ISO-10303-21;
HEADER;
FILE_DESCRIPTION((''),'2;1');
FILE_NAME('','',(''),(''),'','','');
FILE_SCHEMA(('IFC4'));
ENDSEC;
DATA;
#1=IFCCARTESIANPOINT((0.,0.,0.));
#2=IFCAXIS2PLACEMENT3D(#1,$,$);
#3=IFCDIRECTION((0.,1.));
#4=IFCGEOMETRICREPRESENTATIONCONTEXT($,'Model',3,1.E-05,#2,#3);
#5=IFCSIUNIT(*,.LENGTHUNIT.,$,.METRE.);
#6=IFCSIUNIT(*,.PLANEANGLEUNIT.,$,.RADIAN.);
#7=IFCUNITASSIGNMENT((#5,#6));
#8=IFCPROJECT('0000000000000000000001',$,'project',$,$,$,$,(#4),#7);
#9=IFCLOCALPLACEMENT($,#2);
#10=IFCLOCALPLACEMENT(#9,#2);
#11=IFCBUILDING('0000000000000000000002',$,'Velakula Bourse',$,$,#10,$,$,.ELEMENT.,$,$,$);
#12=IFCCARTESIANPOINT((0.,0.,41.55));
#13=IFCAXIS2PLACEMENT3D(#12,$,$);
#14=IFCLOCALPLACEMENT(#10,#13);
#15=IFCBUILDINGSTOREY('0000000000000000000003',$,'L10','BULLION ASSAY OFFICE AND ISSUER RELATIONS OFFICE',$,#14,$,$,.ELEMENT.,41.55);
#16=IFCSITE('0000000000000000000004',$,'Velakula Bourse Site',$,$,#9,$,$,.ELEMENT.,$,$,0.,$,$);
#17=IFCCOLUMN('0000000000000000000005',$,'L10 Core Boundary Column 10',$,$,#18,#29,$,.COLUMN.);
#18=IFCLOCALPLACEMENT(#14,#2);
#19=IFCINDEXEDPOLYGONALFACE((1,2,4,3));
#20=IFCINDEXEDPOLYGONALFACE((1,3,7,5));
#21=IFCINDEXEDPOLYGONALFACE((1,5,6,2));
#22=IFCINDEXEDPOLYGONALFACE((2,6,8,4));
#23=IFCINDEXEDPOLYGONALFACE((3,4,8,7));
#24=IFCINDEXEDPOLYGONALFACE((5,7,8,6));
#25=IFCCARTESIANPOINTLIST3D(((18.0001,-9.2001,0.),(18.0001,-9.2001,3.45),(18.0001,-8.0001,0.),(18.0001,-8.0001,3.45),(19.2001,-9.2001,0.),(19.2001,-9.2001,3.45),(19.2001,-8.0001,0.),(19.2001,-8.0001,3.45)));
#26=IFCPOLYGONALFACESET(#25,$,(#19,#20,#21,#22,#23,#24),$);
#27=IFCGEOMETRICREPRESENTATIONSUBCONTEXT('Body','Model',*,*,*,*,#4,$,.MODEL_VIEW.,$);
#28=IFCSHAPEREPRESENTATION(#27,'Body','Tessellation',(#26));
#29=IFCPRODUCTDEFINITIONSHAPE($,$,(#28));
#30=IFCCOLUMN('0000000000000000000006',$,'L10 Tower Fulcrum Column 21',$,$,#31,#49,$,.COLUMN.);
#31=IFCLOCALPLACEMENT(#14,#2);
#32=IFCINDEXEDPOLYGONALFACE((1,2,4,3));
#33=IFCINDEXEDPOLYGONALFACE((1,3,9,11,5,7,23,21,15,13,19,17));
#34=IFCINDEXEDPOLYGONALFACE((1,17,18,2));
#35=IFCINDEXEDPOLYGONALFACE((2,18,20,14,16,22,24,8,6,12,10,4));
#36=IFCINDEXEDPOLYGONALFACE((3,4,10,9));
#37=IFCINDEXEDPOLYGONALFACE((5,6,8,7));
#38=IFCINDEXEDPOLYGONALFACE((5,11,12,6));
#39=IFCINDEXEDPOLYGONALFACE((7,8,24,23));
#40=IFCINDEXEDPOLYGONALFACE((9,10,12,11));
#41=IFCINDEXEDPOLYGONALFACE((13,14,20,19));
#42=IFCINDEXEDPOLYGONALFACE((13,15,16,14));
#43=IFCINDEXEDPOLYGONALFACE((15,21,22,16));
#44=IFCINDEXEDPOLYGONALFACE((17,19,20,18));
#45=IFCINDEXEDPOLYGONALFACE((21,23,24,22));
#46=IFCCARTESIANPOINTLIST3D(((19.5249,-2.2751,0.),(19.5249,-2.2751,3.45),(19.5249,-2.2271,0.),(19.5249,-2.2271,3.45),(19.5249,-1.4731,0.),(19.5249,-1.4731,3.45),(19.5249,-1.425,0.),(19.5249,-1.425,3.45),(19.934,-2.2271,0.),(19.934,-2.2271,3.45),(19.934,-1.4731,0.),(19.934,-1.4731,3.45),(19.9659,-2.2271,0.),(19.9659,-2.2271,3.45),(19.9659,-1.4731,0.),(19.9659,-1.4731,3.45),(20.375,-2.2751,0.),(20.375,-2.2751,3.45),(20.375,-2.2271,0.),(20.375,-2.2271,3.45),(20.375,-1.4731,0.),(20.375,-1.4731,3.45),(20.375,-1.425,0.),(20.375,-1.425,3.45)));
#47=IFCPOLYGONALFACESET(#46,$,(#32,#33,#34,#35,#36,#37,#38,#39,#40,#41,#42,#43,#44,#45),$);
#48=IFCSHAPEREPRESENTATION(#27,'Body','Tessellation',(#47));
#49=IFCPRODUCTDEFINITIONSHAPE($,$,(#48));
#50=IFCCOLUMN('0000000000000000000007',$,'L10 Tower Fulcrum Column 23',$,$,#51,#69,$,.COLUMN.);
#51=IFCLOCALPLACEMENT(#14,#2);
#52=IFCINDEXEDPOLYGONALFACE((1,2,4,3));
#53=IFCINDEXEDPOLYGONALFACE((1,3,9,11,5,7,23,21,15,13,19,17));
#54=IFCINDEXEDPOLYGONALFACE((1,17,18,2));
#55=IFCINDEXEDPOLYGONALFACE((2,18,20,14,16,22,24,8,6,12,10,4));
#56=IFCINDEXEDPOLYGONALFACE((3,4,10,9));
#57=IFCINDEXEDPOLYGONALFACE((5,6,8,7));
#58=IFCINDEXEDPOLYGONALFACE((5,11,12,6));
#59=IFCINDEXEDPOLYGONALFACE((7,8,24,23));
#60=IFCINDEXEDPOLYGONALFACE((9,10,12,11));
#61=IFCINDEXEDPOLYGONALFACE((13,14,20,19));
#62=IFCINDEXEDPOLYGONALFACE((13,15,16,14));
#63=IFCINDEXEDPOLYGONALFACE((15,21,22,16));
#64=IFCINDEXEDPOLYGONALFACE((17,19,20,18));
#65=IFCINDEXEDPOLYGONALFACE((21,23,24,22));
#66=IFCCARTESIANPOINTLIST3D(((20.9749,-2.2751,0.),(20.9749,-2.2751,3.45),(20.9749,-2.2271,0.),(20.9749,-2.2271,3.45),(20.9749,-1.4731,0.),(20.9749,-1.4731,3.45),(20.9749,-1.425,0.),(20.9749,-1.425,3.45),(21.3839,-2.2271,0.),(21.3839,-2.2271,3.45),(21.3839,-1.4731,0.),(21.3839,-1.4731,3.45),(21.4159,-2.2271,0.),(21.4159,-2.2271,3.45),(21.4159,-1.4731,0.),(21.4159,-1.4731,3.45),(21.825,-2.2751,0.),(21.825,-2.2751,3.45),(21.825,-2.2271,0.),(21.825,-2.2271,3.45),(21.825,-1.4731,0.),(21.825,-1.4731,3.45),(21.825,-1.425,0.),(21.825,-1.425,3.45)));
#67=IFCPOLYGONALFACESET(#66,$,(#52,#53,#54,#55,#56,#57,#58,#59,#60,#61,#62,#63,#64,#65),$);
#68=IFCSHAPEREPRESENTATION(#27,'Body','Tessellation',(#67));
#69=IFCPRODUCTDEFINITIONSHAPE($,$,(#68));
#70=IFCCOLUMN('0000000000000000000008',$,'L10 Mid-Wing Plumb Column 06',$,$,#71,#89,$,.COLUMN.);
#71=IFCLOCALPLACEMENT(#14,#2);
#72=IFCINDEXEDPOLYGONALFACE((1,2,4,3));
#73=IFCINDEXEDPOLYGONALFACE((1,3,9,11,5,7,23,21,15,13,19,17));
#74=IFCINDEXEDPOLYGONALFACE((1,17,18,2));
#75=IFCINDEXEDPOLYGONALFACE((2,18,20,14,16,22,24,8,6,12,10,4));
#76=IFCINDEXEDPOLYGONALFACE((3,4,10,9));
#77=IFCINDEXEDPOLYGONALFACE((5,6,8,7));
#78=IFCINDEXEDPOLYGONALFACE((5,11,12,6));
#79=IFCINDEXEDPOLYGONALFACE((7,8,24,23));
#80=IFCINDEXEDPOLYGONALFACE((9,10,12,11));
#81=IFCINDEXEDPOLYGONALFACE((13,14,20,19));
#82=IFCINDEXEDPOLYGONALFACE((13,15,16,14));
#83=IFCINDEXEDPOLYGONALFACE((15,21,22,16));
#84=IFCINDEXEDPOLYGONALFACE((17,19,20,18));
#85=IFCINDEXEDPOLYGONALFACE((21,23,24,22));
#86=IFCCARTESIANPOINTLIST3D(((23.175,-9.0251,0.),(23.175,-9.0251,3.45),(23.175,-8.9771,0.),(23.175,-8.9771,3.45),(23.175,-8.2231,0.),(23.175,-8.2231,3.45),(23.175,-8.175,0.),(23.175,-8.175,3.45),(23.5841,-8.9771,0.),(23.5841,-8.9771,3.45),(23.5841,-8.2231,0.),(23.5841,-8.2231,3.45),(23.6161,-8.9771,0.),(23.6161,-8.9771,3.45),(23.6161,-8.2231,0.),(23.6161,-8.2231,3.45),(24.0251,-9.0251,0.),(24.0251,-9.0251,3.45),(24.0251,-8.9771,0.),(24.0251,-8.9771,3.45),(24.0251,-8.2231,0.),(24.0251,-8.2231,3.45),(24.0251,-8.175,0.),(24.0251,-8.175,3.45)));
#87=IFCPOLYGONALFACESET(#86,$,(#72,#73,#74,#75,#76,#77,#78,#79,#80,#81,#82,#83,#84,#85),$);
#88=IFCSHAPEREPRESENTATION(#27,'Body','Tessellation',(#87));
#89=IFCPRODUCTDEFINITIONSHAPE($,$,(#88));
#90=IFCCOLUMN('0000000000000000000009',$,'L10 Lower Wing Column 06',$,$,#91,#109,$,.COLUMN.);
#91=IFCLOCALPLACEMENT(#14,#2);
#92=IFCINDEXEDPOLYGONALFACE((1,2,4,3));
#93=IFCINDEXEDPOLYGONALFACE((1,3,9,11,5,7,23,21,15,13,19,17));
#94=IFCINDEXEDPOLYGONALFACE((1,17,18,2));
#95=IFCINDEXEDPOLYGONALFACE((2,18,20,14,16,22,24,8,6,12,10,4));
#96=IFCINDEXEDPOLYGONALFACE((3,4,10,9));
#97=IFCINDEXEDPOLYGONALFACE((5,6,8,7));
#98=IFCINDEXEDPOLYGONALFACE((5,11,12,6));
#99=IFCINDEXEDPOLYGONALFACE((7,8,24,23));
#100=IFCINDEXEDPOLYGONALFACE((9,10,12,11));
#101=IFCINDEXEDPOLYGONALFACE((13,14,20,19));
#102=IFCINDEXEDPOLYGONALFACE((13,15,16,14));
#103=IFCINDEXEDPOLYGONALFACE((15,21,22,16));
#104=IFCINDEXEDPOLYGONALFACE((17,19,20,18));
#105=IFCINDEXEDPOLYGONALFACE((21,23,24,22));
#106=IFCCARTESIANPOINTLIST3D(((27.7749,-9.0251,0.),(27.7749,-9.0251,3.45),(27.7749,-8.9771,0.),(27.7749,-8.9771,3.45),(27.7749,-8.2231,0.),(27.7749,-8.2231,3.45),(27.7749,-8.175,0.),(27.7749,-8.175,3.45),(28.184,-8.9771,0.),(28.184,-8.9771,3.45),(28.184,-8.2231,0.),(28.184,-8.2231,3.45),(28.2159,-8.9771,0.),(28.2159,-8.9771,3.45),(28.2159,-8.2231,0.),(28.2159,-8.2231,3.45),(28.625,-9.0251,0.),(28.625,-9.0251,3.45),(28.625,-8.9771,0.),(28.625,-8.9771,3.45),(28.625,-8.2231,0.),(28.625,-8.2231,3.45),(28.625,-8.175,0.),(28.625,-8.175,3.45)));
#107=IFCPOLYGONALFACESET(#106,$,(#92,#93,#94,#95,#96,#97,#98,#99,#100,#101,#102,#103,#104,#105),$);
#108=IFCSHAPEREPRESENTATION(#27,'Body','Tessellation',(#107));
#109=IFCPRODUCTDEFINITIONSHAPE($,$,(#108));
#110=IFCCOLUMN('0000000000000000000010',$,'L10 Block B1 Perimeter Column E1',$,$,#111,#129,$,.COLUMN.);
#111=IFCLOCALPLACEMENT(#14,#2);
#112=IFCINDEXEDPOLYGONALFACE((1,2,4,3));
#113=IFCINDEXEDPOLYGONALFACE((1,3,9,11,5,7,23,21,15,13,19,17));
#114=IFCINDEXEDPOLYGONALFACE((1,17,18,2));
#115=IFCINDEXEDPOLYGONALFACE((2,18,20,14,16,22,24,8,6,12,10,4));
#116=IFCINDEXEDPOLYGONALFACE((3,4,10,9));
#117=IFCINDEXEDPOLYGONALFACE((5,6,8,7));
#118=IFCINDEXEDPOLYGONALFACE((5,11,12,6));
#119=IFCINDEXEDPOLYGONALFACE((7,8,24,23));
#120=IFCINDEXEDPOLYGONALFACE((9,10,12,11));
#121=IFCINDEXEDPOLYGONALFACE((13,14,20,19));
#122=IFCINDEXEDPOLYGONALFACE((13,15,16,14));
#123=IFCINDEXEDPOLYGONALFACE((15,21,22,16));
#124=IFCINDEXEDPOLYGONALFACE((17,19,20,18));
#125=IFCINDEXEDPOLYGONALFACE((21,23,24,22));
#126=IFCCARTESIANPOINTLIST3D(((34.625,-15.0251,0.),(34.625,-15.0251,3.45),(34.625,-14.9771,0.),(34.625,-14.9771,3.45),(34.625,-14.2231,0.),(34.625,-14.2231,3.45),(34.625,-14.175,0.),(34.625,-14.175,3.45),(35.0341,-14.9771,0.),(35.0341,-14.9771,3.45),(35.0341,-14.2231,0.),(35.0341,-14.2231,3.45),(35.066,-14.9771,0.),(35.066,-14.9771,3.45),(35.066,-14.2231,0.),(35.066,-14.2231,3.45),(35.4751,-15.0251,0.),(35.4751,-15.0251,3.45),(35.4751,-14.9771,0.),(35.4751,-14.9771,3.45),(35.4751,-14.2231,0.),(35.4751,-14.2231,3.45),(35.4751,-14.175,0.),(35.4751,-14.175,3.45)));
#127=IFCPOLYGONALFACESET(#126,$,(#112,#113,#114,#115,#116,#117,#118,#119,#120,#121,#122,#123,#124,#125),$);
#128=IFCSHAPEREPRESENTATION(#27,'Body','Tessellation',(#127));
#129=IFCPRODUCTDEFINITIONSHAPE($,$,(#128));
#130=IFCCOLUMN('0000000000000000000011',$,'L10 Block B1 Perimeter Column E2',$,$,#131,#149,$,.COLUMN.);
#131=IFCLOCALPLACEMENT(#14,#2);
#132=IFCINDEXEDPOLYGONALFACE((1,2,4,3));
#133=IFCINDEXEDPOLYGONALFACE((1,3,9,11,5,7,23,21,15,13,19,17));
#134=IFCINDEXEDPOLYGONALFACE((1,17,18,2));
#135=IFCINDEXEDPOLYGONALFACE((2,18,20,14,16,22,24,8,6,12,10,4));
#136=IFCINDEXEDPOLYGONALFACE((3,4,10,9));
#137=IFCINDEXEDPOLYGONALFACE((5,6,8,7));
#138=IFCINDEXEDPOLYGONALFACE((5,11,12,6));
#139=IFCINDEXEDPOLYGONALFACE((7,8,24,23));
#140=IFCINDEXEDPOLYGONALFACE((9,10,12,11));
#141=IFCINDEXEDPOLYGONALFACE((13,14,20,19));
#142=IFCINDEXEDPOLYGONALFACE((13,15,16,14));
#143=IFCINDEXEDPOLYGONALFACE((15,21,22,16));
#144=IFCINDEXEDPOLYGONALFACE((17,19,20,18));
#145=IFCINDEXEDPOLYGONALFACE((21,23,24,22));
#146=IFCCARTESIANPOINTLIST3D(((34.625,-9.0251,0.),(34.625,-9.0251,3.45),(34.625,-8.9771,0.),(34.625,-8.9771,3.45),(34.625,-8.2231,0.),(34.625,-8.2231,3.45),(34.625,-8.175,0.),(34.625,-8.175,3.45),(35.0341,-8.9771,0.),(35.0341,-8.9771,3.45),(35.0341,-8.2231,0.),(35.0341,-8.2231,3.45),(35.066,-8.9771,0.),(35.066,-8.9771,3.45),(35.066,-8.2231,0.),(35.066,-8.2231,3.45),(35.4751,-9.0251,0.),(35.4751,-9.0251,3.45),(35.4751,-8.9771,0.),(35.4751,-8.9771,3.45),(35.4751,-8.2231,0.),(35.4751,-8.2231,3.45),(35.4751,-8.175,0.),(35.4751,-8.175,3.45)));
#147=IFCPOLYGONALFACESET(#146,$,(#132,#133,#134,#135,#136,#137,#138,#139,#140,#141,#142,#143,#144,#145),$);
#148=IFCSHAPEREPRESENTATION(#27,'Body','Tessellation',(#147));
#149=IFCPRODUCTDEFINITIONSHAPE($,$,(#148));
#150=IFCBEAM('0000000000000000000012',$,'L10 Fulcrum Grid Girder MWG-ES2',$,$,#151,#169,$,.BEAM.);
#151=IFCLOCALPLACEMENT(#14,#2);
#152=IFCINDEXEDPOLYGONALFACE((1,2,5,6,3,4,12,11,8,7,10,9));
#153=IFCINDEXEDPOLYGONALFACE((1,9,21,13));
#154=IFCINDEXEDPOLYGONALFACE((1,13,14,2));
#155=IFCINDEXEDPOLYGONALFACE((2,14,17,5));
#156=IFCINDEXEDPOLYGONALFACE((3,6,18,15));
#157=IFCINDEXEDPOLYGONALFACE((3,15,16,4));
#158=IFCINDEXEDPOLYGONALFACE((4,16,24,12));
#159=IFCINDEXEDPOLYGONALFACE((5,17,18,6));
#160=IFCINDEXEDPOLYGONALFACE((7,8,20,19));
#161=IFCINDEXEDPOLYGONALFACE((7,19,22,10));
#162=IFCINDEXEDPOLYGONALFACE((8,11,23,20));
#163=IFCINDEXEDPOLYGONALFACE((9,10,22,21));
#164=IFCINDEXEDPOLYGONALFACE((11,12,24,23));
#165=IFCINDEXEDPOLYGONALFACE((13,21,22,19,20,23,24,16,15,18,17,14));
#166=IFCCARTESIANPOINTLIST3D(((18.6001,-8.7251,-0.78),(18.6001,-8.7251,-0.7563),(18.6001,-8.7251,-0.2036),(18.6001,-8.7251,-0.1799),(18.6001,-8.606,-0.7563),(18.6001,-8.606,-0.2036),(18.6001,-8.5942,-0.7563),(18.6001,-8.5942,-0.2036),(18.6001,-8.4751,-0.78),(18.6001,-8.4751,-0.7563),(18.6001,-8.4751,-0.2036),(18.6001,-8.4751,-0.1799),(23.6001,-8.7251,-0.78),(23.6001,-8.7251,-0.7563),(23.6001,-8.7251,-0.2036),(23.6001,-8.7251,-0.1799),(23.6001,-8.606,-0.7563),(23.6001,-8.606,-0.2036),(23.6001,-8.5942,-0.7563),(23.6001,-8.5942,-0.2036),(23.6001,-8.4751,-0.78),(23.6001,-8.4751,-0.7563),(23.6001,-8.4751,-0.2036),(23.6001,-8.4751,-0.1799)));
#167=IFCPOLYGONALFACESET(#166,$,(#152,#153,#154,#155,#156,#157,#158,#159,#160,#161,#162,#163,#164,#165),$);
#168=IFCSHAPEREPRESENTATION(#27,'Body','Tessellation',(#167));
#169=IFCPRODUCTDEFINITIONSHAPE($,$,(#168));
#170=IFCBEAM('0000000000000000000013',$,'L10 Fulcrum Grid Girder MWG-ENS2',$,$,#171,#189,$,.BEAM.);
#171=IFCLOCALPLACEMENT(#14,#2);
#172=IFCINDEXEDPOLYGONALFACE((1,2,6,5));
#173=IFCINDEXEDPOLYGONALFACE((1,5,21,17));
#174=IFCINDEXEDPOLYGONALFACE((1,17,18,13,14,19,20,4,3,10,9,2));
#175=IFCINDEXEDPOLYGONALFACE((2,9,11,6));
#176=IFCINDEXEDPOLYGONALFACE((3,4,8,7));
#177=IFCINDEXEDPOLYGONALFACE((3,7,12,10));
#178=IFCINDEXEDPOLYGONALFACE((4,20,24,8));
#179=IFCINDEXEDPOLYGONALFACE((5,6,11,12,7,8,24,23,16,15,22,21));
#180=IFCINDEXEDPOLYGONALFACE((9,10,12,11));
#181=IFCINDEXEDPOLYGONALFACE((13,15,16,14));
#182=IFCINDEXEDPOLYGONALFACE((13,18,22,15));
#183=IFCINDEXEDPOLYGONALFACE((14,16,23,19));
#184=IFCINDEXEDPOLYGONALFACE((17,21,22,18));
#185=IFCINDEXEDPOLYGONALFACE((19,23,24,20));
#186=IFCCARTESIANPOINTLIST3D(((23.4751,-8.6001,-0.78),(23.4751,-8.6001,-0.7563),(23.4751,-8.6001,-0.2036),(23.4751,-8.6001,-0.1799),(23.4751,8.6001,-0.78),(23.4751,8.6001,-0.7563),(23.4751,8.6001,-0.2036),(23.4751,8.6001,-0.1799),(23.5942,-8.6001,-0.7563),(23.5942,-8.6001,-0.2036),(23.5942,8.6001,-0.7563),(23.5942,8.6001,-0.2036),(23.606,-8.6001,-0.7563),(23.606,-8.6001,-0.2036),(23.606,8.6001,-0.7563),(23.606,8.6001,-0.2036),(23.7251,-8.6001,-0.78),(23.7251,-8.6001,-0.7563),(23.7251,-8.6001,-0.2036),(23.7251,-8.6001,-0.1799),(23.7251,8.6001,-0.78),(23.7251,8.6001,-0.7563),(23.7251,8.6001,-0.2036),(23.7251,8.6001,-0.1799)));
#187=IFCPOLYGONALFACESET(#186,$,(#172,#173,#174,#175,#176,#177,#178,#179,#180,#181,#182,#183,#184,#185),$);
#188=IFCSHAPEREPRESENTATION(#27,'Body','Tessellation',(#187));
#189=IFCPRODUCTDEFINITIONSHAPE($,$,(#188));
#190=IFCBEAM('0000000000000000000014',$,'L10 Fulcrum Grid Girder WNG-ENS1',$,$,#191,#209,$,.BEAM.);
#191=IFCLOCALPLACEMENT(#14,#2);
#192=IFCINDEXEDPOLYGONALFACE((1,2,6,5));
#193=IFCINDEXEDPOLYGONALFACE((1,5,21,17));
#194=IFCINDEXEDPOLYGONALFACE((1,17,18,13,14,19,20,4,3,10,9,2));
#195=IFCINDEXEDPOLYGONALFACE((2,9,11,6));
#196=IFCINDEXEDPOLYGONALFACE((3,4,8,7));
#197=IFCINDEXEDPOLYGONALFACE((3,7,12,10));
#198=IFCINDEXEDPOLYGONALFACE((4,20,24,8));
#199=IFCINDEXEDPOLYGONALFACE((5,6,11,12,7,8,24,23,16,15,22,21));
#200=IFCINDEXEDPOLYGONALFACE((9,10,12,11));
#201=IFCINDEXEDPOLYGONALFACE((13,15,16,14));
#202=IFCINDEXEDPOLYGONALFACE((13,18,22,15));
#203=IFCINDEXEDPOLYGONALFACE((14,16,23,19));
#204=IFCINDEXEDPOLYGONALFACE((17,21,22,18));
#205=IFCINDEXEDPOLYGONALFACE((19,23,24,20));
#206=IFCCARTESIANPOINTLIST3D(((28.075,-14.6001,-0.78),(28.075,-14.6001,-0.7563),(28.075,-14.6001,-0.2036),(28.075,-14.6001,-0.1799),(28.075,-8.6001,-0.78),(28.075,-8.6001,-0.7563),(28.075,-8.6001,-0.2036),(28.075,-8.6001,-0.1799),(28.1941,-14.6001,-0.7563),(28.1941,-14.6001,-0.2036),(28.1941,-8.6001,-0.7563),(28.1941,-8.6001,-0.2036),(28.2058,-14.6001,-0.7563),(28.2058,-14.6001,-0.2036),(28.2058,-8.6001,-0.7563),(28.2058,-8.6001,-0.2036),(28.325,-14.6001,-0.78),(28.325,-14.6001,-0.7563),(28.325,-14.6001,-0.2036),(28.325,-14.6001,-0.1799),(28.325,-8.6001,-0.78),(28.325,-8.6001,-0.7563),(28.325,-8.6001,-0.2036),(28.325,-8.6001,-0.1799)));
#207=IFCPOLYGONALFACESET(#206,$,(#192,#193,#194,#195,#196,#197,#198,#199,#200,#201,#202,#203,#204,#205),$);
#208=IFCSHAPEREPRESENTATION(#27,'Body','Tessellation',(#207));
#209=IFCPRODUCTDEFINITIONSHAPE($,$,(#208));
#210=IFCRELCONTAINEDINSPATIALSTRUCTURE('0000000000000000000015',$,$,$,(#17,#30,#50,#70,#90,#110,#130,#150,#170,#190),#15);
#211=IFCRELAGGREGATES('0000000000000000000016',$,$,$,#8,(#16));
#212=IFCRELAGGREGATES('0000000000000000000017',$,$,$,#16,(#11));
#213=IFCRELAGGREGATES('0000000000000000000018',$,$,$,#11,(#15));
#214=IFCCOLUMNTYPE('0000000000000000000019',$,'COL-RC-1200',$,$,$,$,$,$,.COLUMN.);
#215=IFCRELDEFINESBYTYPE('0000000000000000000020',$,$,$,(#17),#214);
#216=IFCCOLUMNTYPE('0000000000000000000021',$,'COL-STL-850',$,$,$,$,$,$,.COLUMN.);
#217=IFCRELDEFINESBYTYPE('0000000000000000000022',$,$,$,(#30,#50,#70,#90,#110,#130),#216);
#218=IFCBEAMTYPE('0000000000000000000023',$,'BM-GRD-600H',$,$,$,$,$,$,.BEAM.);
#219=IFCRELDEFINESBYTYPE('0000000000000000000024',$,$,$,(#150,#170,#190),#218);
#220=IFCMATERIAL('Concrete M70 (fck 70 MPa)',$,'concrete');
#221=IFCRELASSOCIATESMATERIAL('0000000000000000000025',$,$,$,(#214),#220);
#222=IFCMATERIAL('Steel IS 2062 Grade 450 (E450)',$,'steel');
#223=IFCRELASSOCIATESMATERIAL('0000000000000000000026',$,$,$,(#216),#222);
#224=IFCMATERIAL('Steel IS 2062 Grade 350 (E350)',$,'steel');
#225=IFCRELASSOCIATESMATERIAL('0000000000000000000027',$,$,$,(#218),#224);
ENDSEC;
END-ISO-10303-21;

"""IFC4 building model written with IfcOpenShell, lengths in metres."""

from ifc_helpers import new_model, si_unit, direction, frame, origin, origin_2d, place, context, subcontext, project, spatial, rectangle, i_section, extrude, material, material_profile, profile_set, type_object, element, save


model = new_model("IFC4")

# Units and contexts
model_context = context("Model", 3, precision=1e-05, world=origin(), true_north=direction((0.0, 1.0)))
body_context = subcontext(model_context, "Body", "Model", "MODEL_VIEW")
ifc_project = project(units=[si_unit("LENGTHUNIT", "METRE"), si_unit("PLANEANGLEUNIT", "RADIAN")], contexts=[model_context])

# Site, building, storey
site_placement = place(None, origin())
site = spatial("IfcSite", under=ifc_project, at=site_placement, Name="Velakula Bourse Site", CompositionType="ELEMENT", RefElevation=0.0)
building_placement = place(site_placement, origin())
building = spatial("IfcBuilding", under=site, at=building_placement, Name="Velakula Bourse", CompositionType="ELEMENT")
storey_placement = place(building_placement, frame((0.0, 0.0, 41.55)))
storey = spatial("IfcBuildingStorey", under=building, at=storey_placement, Name="L10", Description="BULLION ASSAY OFFICE AND ISSUER RELATIONS OFFICE", CompositionType="ELEMENT", Elevation=41.55)

# Columns
ifc_material_1 = material(Name="Concrete M70 (fck 70 MPa)", Category="concrete")
ifc_material_profile_1 = material_profile(ifc_material_1, rectangle(XDim=1.2, YDim=1.2, at=origin_2d()), Name="Concrete M70 (fck 70 MPa)")
ifc_profile_set_1 = profile_set([ifc_material_profile_1], Name="Concrete M70 (fck 70 MPa)")
column_type_1 = type_object("IfcColumnType", Name="COL-RC-1200", PredefinedType="COLUMN", material=ifc_profile_set_1)
column_placement = place(storey_placement, frame((18.6001, -8.6001, 0.0), z_axis=(0.0, 0.0, 1.0), x_axis=(1.0, 0.0, 0.0)))
element("IfcColumn", 1, at=column_placement, inside=storey, type_object=column_type_1, Name="L10 Core Boundary Column 10", PredefinedType="COLUMN", context=body_context, shape_type="SweptSolid", body=[
    extrude(rectangle(XDim=1.2, YDim=1.2, at=origin_2d()), origin(), (0.0, 0.0, 1.0), 3.45),
])
ifc_material_2 = material(Name="Steel IS 2062 Grade 450 (E450)", Category="steel")
ifc_material_profile_2 = material_profile(ifc_material_2, i_section(OverallWidth=0.8501, OverallDepth=0.8501, WebThickness=0.032, FlangeThickness=0.0481, at=origin_2d()), Name="Steel IS 2062 Grade 450 (E450)")
ifc_profile_set_2 = profile_set([ifc_material_profile_2], Name="Steel IS 2062 Grade 450 (E450)")
column_type_2 = type_object("IfcColumnType", Name="COL-STL-850", PredefinedType="COLUMN", material=ifc_profile_set_2)
for number, where, z_axis, x_axis, name in (
    (2, (19.95, -1.8501, 0.0), (0.0, 0.0, 1.0), (1.0, 0.0, 0.0), "L10 Tower Fulcrum Column 21"),
    (3, (21.3999, -1.8501, 0.0), (0.0, 0.0, 1.0), (1.0, 0.0, 0.0), "L10 Tower Fulcrum Column 23"),
    (4, (23.6001, -8.6001, 0.0), (0.0, 0.0, 1.0), (1.0, 0.0, 0.0), "L10 Mid-Wing Plumb Column 06"),
    (5, (28.2, -8.6001, 0.0), (0.0, 0.0, 1.0), (1.0, 0.0, 0.0), "L10 Lower Wing Column 06"),
    (6, (35.05, -14.6001, 0.0), (0.0, 0.0, 1.0), (1.0, 0.0, 0.0), "L10 Block B1 Perimeter Column E1"),
    (7, (35.05, -8.6001, 0.0), (0.0, 0.0, 1.0), (1.0, 0.0, 0.0), "L10 Block B1 Perimeter Column E2"),
):
    element("IfcColumn", number, at=place(storey_placement, frame(where, z_axis=z_axis, x_axis=x_axis)), inside=storey, type_object=column_type_2, Name=name, PredefinedType="COLUMN", context=body_context, shape_type="SweptSolid", body=[
        extrude(i_section(OverallWidth=0.8501, OverallDepth=0.8501, WebThickness=0.032, FlangeThickness=0.0481, at=origin_2d()), origin(), (0.0, 0.0, 1.0), 3.45),
    ])

# Beams
ifc_material_3 = material(Name="Steel IS 2062 Grade 350 (E350)", Category="steel")
ifc_material_profile_3 = material_profile(ifc_material_3, i_section(OverallWidth=0.25, OverallDepth=0.6001, WebThickness=0.0117, FlangeThickness=0.0237, at=origin_2d()), Name="Steel IS 2062 Grade 350 (E350)")
ifc_profile_set_3 = profile_set([ifc_material_profile_3], Name="Steel IS 2062 Grade 350 (E350)")
beam_type_1 = type_object("IfcBeamType", Name="BM-GRD-600H", PredefinedType="BEAM", material=ifc_profile_set_3)
beam_1_placement = place(storey_placement, frame((18.6001, -8.6001, -0.48), z_axis=(1.0, 0.0, 0.0), x_axis=(0.0, 1.0, 0.0)))
element("IfcBeam", 8, at=beam_1_placement, inside=storey, type_object=beam_type_1, Name="L10 Fulcrum Grid Girder MWG-ES2", PredefinedType="BEAM", context=body_context, shape_type="SweptSolid", body=[
    extrude(i_section(OverallWidth=0.25, OverallDepth=0.6001, WebThickness=0.0117, FlangeThickness=0.0237, at=origin_2d()), origin(), (0.0, 0.0, 1.0), 5.0),
])
beam_2_placement = place(storey_placement, frame((23.6001, -8.6001, -0.48), z_axis=(0.0, 1.0, 0.0), x_axis=(-1.0, 0.0, 0.0)))
element("IfcBeam", 9, at=beam_2_placement, inside=storey, type_object=beam_type_1, Name="L10 Fulcrum Grid Girder MWG-ENS2", PredefinedType="BEAM", context=body_context, shape_type="SweptSolid", body=[
    extrude(i_section(OverallWidth=0.25, OverallDepth=0.6001, WebThickness=0.0117, FlangeThickness=0.0237, at=origin_2d()), origin(), (0.0, 0.0, 1.0), 17.2002),
])
beam_3_placement = place(storey_placement, frame((28.2, -14.6001, -0.48), z_axis=(0.0, 1.0, 0.0), x_axis=(-1.0, 0.0, 0.0)))
element("IfcBeam", 10, at=beam_3_placement, inside=storey, type_object=beam_type_1, Name="L10 Fulcrum Grid Girder WNG-ENS1", PredefinedType="BEAM", context=body_context, shape_type="SweptSolid", body=[
    extrude(i_section(OverallWidth=0.25, OverallDepth=0.6001, WebThickness=0.0117, FlangeThickness=0.0237, at=origin_2d()), origin(), (0.0, 0.0, 1.0), 6.0),
])

save(model, "model.ifc")
